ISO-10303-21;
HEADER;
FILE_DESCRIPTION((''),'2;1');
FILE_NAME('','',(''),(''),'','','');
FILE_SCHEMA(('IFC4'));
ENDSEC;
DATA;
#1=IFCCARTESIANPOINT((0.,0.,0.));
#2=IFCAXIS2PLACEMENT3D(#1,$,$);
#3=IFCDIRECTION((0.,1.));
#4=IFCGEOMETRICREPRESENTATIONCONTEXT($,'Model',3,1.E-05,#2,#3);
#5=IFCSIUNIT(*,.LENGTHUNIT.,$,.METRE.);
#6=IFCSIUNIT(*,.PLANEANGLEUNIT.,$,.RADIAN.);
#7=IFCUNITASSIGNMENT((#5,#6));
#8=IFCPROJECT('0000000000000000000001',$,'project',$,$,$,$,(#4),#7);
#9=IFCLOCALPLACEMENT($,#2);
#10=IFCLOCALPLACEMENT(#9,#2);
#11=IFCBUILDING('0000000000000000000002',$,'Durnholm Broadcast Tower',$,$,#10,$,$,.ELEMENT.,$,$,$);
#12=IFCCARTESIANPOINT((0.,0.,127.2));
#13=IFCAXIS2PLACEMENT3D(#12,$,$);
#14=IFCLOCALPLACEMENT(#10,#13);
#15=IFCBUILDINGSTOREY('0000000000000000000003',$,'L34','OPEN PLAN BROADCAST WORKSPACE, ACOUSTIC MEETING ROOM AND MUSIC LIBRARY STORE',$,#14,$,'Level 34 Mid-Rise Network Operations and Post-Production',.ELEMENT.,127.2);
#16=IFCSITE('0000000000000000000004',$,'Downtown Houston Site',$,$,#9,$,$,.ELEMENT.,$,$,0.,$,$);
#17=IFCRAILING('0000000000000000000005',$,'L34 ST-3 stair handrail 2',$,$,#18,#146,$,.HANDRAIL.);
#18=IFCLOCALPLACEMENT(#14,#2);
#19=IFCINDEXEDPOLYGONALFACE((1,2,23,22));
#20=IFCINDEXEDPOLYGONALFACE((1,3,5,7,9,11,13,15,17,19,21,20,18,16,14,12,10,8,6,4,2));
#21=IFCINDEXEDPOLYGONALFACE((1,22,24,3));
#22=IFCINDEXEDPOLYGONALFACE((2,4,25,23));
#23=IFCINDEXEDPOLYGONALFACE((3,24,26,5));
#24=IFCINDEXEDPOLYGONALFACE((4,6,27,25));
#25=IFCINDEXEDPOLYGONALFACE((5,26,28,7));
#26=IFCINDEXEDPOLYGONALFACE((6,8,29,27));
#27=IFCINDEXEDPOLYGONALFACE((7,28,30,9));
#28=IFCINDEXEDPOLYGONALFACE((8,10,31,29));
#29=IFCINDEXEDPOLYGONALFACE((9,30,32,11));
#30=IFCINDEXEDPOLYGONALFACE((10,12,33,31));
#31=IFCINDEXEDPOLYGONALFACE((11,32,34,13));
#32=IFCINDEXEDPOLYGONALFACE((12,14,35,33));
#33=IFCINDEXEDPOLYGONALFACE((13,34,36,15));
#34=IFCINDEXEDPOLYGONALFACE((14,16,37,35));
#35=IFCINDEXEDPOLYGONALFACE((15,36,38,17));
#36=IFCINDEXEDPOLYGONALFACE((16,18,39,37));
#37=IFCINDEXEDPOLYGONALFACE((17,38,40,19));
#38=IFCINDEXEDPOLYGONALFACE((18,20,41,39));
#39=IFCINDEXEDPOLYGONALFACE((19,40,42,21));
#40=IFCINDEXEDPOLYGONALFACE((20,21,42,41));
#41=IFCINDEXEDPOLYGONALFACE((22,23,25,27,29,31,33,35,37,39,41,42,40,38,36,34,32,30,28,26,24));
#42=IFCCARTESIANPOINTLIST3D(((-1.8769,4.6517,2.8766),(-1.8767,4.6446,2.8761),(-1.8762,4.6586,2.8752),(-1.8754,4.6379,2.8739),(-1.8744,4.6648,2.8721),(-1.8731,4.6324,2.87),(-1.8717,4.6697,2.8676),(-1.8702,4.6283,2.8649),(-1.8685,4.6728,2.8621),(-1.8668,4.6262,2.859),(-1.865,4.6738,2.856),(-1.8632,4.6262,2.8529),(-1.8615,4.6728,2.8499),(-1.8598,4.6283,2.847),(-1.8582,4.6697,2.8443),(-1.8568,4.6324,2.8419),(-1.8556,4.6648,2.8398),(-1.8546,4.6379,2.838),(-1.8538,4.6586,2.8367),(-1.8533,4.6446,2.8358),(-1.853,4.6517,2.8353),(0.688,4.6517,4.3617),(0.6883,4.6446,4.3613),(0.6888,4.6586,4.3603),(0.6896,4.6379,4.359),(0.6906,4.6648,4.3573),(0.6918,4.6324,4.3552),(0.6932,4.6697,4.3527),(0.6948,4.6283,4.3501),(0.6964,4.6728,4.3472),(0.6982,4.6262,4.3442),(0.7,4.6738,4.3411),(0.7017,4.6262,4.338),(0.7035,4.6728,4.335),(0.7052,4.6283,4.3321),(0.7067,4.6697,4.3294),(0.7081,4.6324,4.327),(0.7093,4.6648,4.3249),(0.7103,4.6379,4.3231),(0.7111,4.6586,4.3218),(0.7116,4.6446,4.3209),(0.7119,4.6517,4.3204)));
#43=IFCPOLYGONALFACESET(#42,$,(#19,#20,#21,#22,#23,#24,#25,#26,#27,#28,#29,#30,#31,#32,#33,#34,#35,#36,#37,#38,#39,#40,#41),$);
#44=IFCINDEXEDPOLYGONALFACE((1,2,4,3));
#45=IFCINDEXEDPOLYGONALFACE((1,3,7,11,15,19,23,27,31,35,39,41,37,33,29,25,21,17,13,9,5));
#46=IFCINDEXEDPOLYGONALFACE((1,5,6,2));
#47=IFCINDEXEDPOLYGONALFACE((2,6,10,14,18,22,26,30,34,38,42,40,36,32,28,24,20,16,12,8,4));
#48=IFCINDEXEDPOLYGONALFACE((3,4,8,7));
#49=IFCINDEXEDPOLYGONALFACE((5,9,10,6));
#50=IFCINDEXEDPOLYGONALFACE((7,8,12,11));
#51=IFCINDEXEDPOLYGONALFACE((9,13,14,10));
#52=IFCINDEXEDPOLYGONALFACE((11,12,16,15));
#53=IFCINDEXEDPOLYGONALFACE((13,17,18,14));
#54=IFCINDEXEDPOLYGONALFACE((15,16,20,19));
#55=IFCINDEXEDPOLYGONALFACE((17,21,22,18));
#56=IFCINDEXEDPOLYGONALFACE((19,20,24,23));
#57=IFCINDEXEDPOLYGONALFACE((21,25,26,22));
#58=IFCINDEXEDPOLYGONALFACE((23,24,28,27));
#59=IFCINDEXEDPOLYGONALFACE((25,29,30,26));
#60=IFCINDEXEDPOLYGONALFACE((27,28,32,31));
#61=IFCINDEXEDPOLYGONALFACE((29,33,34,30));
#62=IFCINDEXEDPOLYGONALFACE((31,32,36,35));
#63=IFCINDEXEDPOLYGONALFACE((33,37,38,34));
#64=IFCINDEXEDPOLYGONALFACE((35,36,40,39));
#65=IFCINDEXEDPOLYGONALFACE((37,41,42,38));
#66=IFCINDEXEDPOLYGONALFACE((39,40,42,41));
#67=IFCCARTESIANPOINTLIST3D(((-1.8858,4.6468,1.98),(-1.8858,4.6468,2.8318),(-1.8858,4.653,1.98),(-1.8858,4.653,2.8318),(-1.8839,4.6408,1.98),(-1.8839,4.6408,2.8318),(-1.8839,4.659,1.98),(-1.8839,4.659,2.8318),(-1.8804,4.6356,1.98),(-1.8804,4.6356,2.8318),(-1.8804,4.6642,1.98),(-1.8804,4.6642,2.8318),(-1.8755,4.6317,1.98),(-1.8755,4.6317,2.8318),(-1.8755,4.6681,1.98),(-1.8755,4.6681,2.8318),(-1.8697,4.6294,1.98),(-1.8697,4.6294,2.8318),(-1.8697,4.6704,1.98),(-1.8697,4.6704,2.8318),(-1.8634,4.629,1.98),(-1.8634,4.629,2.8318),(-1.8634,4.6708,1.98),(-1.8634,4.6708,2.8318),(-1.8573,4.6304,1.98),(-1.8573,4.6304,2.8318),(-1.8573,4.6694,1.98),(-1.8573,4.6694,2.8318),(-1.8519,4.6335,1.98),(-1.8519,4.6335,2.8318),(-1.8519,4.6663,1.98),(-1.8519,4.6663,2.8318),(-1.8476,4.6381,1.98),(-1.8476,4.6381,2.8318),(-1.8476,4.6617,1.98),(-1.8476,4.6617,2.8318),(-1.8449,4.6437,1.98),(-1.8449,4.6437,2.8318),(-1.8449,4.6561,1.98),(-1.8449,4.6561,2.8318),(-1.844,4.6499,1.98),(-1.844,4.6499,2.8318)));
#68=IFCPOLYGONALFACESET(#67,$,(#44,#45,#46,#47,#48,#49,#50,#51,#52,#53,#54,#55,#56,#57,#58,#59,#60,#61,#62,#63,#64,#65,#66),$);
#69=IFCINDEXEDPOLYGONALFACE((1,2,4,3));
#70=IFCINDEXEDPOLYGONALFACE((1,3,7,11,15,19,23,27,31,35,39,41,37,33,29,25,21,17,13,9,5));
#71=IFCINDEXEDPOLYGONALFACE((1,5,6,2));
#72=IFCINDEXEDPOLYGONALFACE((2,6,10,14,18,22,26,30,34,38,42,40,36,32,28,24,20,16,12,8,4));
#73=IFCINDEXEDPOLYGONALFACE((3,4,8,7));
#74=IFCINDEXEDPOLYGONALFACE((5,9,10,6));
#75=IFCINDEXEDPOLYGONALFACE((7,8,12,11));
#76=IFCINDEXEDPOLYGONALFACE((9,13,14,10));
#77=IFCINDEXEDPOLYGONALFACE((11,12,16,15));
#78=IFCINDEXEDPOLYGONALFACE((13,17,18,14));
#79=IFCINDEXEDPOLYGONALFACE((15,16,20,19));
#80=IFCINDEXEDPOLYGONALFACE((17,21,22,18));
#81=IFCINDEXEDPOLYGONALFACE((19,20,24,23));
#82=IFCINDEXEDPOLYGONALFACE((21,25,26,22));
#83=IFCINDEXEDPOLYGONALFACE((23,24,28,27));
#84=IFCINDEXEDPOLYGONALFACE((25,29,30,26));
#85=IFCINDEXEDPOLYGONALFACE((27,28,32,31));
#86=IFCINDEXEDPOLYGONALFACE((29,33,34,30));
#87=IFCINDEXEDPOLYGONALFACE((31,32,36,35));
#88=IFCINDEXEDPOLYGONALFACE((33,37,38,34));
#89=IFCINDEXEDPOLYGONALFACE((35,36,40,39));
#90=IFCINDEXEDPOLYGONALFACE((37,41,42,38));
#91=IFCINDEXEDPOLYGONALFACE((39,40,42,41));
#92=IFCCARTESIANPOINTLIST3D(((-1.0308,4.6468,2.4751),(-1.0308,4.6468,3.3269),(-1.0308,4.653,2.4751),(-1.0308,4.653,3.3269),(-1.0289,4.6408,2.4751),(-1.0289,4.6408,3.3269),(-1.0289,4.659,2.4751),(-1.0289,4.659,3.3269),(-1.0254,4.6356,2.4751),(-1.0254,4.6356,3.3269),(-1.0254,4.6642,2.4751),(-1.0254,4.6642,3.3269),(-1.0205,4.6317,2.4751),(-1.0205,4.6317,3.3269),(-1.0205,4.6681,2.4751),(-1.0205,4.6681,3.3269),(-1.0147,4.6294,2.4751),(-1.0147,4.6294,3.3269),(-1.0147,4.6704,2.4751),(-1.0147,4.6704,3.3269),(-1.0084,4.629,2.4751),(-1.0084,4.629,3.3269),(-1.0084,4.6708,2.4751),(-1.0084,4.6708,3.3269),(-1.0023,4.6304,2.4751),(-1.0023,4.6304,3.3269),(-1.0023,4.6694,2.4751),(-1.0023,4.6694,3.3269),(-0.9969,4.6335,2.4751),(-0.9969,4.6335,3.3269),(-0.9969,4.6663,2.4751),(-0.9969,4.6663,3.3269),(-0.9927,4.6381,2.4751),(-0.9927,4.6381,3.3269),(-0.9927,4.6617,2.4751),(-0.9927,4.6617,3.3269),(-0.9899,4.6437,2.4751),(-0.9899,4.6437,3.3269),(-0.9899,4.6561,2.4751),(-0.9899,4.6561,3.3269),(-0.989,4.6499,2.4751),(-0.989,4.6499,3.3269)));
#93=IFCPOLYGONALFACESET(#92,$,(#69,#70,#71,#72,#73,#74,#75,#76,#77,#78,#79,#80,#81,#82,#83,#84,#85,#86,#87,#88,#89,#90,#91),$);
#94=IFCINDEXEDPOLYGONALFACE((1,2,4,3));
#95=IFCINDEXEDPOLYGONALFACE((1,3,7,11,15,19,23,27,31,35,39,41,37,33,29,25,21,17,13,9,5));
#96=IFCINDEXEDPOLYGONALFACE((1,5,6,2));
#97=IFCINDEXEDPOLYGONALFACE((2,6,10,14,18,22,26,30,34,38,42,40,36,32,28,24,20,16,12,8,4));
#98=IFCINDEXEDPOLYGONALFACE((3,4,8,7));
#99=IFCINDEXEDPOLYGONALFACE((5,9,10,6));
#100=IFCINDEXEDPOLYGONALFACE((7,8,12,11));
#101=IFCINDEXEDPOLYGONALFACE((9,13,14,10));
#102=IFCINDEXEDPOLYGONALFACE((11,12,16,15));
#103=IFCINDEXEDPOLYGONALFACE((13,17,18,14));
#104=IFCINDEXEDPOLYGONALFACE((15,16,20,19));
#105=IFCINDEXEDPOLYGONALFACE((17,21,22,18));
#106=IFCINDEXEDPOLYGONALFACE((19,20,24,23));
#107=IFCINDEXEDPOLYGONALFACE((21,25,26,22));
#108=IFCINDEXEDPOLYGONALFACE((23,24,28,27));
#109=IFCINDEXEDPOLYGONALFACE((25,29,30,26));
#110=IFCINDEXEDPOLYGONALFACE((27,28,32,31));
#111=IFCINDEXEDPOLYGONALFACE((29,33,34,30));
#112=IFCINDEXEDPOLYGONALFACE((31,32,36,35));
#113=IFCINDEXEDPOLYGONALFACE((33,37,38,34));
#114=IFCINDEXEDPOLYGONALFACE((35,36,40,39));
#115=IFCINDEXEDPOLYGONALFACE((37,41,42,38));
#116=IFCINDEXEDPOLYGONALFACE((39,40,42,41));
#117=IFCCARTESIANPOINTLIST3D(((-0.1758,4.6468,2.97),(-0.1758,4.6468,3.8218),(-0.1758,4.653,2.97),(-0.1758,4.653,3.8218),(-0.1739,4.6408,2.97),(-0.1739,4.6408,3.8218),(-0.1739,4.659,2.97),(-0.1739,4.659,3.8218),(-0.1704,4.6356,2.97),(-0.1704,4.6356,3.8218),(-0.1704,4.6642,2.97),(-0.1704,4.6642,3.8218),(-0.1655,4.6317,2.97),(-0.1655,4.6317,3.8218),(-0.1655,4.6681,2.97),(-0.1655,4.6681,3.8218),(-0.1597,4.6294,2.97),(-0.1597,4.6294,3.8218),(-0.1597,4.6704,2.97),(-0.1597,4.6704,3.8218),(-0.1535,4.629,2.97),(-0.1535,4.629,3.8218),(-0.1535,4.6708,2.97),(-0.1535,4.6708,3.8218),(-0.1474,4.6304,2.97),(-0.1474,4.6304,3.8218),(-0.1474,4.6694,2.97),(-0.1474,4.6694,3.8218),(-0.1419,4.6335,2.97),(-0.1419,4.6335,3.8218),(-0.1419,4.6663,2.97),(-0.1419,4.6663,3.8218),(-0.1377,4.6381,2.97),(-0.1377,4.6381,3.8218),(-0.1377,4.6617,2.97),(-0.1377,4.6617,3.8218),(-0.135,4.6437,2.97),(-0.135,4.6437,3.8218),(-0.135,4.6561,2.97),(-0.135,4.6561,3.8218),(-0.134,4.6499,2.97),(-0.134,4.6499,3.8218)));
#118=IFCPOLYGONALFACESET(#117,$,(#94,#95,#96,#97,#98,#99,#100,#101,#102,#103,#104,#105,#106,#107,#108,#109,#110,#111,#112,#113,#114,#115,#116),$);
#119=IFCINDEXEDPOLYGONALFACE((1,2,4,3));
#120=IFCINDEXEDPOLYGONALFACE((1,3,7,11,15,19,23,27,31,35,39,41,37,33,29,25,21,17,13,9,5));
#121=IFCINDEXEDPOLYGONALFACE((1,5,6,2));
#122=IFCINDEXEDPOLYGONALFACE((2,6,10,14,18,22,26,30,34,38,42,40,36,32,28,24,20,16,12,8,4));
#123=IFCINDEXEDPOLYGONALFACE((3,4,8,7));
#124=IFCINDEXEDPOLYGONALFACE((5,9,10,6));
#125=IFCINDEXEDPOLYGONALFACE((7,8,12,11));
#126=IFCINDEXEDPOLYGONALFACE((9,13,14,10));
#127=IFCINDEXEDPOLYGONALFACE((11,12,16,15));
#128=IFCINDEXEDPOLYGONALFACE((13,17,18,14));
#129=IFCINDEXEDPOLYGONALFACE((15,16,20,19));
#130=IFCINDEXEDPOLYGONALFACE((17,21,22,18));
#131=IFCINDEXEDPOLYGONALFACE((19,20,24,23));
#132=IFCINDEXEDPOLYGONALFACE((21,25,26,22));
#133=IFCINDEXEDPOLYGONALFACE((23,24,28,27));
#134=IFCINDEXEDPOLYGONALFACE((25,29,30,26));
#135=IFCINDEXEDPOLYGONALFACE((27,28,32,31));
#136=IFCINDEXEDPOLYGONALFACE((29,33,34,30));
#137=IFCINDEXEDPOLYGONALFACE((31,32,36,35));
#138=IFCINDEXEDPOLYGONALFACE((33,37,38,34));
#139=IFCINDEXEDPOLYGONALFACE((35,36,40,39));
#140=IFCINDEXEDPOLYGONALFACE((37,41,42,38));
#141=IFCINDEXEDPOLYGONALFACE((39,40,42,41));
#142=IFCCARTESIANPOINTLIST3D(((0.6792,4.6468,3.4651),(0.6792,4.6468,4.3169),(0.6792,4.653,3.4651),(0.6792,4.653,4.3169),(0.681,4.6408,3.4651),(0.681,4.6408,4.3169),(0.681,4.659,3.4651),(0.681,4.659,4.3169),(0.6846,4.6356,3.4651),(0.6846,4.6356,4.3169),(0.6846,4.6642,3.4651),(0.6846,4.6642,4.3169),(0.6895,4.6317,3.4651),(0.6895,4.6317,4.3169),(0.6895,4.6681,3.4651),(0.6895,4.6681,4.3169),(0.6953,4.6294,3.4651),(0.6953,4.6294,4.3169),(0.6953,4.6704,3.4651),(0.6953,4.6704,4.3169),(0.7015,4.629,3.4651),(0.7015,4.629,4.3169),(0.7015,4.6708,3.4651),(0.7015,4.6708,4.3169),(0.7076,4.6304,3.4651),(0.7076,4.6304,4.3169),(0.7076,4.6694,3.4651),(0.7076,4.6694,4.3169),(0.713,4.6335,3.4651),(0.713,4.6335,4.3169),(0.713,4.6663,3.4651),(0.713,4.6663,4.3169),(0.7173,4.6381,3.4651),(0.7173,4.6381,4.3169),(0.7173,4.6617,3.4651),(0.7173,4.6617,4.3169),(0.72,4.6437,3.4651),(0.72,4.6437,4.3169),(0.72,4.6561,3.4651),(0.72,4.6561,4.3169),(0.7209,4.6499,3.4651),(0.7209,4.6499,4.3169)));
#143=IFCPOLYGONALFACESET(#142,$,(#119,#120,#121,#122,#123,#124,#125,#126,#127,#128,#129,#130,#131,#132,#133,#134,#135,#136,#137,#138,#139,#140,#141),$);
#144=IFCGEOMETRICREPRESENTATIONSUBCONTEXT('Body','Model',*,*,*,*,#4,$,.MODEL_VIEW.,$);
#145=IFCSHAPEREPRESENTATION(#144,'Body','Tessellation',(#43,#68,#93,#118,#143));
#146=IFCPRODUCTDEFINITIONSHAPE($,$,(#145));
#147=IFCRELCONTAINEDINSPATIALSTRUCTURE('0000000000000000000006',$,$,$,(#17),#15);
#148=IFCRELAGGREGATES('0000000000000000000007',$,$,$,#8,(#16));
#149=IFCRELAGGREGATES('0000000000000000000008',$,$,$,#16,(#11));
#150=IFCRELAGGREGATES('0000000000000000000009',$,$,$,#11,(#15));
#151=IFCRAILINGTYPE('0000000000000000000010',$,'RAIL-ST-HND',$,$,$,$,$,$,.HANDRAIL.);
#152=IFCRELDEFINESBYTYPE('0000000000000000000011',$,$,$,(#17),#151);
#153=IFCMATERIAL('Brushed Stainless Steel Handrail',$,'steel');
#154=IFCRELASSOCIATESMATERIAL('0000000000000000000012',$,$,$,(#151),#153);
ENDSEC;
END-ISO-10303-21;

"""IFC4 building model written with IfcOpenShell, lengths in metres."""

from ifc_helpers import new_model, si_unit, direction, frame, origin, origin_2d, place, context, subcontext, project, spatial, circle, extrude, material, type_object, element, save


model = new_model("IFC4")

# Units and contexts
model_context = context("Model", 3, precision=1e-05, world=origin(), true_north=direction((0.0, 1.0)))
body_context = subcontext(model_context, "Body", "Model", "MODEL_VIEW")
ifc_project = project(units=[si_unit("LENGTHUNIT", "METRE"), si_unit("PLANEANGLEUNIT", "RADIAN")], contexts=[model_context])

# Site, building, storey
site_placement = place(None, origin())
site = spatial("IfcSite", under=ifc_project, at=site_placement, Name="Downtown Houston Site", CompositionType="ELEMENT", RefElevation=0.0)
building_placement = place(site_placement, origin())
building = spatial("IfcBuilding", under=site, at=building_placement, Name="Durnholm Broadcast Tower", CompositionType="ELEMENT")
storey_placement = place(building_placement, frame((0.0, 0.0, 127.2)))
storey = spatial("IfcBuildingStorey", under=building, at=storey_placement, Name="L34", Description="OPEN PLAN BROADCAST WORKSPACE, ACOUSTIC MEETING ROOM AND MUSIC LIBRARY STORE", LongName="Level 34 Mid-Rise Network Operations and Post-Production", CompositionType="ELEMENT", Elevation=127.2)

# Railing
ifc_material_1 = material(Name="Brushed Stainless Steel Handrail", Category="steel")
railing_type_1 = type_object("IfcRailingType", Name="RAIL-ST-HND", PredefinedType="HANDRAIL", material=ifc_material_1)
railing_1_placement = place(storey_placement, frame((-1.865, 4.6499, 1.98)))
element("IfcRailing", 1, at=railing_1_placement, inside=storey, type_object=railing_type_1, Name="L34 ST-3 stair handrail 2", PredefinedType="HANDRAIL", context=body_context, shape_type="SweptSolid", body=[
    extrude(circle(Radius=0.0239, at=origin_2d()), frame((0.0, 0.0, 0.876), z_axis=(0.865406, 0.0, 0.501072), x_axis=(0.0, 1.0, 0.0)), (0.0, 0.0, 1.0), 2.9639),
    extrude(circle(Radius=0.021, at=origin_2d()), origin(), (0.0, 0.0, 1.0), 0.8518),
    extrude(circle(Radius=0.021, at=origin_2d()), frame((0.855, 0.0, 0.4951)), (0.0, 0.0, 1.0), 0.8518),
    extrude(circle(Radius=0.021, at=origin_2d()), frame((1.71, 0.0, 0.99)), (0.0, 0.0, 1.0), 0.8518),
    extrude(circle(Radius=0.021, at=origin_2d()), frame((2.5649, 0.0, 1.4851)), (0.0, 0.0, 1.0), 0.8518),
])

save(model, "model.ifc")
